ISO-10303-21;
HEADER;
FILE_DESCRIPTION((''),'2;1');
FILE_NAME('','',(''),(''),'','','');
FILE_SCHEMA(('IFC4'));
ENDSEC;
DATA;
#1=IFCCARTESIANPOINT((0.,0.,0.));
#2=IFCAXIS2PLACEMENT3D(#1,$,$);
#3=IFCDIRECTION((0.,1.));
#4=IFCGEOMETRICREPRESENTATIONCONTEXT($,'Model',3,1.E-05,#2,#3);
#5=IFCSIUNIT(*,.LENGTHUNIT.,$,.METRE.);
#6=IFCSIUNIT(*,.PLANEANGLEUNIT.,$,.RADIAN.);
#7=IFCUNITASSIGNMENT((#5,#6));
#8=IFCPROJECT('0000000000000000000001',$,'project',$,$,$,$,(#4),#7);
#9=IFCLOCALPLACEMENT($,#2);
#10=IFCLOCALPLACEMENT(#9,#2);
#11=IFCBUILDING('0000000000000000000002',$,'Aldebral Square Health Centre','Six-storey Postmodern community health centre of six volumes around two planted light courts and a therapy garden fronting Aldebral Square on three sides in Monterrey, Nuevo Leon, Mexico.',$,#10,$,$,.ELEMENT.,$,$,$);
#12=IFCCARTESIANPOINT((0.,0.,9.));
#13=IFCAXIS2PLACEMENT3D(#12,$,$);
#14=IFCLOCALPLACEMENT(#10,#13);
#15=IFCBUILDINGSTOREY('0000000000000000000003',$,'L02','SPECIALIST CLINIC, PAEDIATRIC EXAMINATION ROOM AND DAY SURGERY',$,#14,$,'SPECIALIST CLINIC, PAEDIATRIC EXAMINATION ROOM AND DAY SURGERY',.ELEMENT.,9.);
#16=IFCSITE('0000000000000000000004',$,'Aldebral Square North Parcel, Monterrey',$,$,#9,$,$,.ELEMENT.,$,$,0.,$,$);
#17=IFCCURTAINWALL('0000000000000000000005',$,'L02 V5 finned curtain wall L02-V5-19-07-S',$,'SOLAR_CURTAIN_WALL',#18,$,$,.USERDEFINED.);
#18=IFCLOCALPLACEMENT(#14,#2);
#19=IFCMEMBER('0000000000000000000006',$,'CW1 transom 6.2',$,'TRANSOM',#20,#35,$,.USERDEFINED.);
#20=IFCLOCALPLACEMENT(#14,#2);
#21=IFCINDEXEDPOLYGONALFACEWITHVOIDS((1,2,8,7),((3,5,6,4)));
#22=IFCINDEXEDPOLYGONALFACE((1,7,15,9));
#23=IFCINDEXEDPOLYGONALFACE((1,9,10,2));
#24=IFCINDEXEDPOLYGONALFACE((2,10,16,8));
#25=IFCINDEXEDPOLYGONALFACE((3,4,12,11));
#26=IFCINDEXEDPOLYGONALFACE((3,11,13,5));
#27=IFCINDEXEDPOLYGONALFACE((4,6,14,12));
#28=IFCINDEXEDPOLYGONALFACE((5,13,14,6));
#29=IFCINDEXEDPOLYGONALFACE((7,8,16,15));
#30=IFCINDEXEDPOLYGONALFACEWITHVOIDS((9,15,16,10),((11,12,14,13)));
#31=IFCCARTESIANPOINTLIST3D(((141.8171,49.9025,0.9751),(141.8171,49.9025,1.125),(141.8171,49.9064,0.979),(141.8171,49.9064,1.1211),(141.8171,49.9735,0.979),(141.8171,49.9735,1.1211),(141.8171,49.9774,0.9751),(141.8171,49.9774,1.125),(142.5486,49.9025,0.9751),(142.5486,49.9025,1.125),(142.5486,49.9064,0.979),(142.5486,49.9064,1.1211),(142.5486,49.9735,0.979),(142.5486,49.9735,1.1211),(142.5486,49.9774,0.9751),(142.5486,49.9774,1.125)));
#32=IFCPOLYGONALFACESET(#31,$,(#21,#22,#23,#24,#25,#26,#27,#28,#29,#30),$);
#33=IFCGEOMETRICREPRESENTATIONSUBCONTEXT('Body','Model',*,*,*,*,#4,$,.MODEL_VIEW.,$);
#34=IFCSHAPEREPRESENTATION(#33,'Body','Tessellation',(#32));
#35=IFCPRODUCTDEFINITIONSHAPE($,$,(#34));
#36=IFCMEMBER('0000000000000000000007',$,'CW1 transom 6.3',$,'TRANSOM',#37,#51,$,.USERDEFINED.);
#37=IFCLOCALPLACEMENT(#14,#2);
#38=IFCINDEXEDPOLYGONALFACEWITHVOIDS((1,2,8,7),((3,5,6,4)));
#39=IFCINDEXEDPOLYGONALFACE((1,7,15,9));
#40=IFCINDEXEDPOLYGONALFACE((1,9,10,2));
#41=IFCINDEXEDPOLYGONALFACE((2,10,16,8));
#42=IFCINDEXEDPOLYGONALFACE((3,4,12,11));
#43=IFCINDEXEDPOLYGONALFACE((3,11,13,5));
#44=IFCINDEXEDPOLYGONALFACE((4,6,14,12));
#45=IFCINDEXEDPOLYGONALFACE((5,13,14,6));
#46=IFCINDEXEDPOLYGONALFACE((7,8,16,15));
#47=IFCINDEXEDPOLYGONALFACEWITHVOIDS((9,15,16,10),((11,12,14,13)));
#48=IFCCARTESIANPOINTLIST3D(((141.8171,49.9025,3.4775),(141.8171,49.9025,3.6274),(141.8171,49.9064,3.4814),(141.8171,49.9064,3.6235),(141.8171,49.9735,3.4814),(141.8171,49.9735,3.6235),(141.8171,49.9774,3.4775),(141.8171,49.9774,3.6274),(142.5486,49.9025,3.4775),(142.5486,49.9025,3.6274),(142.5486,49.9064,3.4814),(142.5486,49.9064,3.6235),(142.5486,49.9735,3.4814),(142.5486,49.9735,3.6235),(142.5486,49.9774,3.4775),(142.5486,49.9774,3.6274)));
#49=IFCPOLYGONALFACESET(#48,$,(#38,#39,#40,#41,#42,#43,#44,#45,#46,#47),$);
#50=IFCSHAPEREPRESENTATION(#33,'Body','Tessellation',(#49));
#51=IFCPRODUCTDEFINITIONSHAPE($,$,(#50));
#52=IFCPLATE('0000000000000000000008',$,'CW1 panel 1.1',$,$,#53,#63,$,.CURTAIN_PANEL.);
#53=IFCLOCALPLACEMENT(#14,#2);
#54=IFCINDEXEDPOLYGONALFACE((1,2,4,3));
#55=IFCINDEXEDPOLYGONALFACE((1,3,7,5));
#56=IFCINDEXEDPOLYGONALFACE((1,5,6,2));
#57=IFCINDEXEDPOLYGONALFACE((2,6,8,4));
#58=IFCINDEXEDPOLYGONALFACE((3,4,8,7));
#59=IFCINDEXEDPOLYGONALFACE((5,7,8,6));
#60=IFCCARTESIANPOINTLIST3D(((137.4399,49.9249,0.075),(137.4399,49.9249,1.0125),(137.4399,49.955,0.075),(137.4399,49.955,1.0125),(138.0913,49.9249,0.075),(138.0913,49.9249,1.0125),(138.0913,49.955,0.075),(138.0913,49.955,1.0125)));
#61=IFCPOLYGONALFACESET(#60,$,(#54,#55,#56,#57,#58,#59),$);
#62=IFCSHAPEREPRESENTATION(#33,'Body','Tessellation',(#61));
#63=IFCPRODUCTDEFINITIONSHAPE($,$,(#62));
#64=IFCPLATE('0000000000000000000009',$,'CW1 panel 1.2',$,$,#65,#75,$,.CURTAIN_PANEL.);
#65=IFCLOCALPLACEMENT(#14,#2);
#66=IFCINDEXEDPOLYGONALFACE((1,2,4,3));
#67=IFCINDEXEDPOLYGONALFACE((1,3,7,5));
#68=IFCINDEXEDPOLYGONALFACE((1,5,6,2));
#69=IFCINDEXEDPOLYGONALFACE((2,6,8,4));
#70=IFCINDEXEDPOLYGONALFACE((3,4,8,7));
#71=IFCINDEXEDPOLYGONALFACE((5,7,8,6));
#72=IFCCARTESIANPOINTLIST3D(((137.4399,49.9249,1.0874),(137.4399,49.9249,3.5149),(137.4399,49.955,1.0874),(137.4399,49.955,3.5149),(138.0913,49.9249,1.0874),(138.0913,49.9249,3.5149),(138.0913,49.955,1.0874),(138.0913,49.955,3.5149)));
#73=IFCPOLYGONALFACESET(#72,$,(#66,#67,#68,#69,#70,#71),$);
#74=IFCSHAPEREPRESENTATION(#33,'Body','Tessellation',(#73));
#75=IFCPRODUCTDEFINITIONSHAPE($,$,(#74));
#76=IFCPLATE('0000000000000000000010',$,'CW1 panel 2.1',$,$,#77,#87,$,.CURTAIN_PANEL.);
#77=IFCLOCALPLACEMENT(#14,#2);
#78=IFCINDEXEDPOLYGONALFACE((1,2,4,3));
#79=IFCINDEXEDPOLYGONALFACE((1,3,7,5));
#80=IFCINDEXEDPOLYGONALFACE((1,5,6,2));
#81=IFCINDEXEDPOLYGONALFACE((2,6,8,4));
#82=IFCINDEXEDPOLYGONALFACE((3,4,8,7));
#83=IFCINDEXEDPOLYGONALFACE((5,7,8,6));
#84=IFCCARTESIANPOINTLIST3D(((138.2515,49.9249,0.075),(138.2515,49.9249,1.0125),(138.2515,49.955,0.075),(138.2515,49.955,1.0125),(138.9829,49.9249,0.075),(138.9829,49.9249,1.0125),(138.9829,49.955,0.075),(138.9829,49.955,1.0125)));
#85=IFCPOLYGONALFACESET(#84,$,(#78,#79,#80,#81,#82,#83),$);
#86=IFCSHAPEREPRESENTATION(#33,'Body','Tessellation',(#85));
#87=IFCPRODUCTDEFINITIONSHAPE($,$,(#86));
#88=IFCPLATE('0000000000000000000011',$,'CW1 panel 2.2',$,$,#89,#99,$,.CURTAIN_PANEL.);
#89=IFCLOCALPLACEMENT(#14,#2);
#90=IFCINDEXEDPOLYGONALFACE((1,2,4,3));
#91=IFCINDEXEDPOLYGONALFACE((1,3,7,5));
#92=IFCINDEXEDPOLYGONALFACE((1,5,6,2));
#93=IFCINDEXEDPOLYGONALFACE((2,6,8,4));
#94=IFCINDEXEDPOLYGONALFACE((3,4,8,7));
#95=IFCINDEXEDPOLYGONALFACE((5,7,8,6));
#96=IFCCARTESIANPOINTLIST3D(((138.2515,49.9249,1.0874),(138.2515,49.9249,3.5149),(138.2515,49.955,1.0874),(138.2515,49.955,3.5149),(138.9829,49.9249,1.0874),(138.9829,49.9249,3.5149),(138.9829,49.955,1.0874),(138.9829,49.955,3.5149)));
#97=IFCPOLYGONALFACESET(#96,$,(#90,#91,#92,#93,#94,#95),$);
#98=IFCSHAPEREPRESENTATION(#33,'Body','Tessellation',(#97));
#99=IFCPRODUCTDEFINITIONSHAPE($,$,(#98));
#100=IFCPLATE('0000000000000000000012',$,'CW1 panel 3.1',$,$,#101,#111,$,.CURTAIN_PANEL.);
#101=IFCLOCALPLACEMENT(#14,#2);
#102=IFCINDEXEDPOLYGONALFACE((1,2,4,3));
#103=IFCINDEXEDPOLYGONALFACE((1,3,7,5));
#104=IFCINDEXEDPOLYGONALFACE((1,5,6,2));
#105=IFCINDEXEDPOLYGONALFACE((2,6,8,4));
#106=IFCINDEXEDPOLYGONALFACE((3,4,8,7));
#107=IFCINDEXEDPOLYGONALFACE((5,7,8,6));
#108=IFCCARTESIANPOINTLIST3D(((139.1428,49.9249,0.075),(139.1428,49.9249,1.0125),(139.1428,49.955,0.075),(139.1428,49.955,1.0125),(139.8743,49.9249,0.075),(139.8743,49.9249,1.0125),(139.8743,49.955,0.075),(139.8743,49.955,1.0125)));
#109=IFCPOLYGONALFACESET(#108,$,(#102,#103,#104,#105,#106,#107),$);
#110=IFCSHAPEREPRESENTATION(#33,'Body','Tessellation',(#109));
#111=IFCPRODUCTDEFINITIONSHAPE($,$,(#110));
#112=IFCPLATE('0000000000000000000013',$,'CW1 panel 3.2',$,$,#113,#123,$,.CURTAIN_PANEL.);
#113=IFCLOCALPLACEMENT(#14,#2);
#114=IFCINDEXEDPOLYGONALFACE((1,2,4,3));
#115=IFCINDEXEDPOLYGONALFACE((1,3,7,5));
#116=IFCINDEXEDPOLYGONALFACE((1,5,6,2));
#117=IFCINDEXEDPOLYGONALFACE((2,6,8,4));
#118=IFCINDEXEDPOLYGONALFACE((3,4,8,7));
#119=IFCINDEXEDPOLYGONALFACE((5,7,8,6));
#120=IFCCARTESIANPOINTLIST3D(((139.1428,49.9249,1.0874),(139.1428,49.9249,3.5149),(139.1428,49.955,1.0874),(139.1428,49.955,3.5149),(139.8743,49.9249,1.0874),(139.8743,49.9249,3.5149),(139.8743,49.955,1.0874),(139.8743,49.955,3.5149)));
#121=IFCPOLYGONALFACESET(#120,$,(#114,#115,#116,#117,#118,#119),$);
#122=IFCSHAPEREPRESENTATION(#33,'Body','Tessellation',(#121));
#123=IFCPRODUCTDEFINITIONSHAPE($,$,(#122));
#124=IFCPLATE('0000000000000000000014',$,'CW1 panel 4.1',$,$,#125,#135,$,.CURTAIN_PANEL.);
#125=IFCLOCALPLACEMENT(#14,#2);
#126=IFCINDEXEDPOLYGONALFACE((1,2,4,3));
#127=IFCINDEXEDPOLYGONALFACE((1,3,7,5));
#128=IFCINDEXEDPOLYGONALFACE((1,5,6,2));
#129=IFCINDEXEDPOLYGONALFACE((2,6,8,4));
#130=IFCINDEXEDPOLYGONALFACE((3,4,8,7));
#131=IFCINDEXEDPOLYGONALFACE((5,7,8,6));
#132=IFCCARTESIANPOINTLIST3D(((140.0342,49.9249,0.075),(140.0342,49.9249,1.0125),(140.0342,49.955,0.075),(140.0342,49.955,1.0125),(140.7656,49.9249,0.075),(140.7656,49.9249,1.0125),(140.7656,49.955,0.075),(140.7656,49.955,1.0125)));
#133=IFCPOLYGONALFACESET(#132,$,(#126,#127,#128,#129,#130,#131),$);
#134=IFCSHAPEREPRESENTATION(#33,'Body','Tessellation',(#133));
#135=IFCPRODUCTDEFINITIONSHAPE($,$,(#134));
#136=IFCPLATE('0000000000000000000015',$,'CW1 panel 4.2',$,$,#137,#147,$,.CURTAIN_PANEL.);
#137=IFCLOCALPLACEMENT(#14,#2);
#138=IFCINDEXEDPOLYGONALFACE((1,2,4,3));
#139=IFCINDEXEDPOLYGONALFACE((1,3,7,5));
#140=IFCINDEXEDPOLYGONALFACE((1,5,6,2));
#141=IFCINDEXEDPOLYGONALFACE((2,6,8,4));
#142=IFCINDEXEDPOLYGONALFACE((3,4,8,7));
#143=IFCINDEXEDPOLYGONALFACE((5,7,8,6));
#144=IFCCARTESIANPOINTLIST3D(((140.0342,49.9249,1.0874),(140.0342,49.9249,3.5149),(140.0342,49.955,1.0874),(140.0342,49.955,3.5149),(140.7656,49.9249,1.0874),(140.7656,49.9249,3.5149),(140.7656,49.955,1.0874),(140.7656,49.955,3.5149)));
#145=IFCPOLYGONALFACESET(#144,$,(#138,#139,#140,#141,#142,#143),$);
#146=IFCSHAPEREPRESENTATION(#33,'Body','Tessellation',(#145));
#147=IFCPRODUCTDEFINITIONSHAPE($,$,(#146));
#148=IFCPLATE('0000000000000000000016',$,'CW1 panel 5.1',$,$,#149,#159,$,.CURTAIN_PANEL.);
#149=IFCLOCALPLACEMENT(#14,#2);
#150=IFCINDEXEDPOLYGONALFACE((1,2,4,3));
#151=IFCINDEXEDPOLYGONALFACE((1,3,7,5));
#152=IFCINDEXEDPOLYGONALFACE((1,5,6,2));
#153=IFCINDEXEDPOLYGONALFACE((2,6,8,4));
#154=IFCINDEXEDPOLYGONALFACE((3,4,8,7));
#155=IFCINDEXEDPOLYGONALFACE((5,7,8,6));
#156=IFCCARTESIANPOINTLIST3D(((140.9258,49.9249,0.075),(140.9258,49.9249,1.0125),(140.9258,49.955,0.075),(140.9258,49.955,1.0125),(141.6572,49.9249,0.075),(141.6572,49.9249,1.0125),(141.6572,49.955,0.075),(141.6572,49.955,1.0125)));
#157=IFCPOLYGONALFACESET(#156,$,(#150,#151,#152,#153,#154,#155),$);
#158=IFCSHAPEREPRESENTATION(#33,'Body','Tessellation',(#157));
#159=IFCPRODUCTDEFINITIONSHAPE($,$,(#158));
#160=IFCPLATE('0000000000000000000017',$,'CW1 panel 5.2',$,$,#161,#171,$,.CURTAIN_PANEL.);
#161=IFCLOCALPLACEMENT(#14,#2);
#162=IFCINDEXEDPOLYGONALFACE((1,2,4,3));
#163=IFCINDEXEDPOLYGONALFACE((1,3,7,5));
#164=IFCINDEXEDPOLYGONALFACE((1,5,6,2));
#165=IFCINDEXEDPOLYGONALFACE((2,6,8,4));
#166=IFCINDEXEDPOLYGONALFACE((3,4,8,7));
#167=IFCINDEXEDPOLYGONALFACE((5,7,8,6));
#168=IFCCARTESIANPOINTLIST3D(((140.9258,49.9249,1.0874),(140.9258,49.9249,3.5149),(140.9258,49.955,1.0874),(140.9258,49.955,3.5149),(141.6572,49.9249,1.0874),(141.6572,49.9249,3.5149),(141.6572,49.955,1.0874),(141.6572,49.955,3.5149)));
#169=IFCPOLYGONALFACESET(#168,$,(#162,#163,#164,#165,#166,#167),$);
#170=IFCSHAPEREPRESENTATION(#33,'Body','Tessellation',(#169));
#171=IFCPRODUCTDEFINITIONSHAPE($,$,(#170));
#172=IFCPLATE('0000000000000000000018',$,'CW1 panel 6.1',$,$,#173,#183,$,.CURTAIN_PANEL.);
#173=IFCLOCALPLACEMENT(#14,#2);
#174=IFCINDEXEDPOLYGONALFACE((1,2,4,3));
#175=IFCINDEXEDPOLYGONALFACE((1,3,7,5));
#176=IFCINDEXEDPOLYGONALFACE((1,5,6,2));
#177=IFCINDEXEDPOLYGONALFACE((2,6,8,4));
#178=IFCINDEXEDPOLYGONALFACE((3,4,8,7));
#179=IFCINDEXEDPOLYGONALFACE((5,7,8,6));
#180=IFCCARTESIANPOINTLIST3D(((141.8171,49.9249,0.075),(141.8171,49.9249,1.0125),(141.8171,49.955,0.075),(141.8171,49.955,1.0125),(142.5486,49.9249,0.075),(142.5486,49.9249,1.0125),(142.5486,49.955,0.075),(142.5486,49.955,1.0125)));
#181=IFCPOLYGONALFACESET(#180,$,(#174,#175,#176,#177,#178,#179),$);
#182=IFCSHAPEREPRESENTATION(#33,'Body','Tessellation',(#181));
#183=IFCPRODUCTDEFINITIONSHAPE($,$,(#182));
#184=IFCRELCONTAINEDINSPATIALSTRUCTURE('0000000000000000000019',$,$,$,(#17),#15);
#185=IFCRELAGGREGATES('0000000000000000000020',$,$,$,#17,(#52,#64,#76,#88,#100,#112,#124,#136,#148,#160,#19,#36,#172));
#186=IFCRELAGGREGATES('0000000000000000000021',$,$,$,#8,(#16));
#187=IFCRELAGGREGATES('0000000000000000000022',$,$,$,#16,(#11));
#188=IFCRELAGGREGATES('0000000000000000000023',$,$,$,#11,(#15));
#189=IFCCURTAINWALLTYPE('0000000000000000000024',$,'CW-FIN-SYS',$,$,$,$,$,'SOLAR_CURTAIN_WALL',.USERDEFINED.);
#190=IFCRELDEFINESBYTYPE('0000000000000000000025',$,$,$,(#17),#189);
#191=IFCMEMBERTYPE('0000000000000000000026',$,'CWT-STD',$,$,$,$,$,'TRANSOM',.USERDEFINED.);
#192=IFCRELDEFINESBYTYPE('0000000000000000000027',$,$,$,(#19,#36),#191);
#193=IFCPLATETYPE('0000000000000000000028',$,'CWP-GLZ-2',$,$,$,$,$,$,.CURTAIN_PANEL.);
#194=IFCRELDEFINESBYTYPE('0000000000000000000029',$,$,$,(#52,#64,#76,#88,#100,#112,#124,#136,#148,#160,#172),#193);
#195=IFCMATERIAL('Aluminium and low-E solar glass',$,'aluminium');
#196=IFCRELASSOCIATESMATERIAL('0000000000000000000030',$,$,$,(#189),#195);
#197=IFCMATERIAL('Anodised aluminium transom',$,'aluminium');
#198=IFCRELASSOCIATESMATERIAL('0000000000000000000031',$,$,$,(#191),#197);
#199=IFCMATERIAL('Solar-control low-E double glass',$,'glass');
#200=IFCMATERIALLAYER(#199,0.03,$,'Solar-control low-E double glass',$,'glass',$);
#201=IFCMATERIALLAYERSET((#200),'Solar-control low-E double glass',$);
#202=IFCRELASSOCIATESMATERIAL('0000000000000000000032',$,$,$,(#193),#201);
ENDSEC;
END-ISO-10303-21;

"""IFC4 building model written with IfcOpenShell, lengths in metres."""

from ifc_helpers import new_model, si_unit, direction, frame, origin, origin_2d, place, context, subcontext, project, spatial, rectangle, hollow_rectangle, extrude, material, layer, layer_set, material_profile, profile_set, type_object, element, aggregate, save


model = new_model("IFC4")

# Units and contexts
model_context = context("Model", 3, precision=1e-05, world=origin(), true_north=direction((0.0, 1.0)))
body_context = subcontext(model_context, "Body", "Model", "MODEL_VIEW")
ifc_project = project(units=[si_unit("LENGTHUNIT", "METRE"), si_unit("PLANEANGLEUNIT", "RADIAN")], contexts=[model_context])

# Site, building, storey
site_placement = place(None, origin())
site = spatial("IfcSite", under=ifc_project, at=site_placement, Name="Aldebral Square North Parcel, Monterrey", CompositionType="ELEMENT", RefElevation=0.0)
building_placement = place(site_placement, origin())
building = spatial("IfcBuilding", under=site, at=building_placement, Name="Aldebral Square Health Centre", Description="Six-storey Postmodern community health centre of six volumes around two planted light courts and a therapy garden fronting Aldebral Square on three sides in Monterrey, Nuevo Leon, Mexico.", CompositionType="ELEMENT")
storey_placement = place(building_placement, frame((0.0, 0.0, 9.0)))
storey = spatial("IfcBuildingStorey", under=building, at=storey_placement, Name="L02", Description="SPECIALIST CLINIC, PAEDIATRIC EXAMINATION ROOM AND DAY SURGERY", LongName="SPECIALIST CLINIC, PAEDIATRIC EXAMINATION ROOM AND DAY SURGERY", CompositionType="ELEMENT", Elevation=9.0)

# Curtain wall, members, plates
ifc_material_1 = material(Name="Aluminium and low-E solar glass", Category="aluminium")
curtain_wall_type = type_object("IfcCurtainWallType", Name="CW-FIN-SYS", ElementType="SOLAR_CURTAIN_WALL", PredefinedType="USERDEFINED", material=ifc_material_1)
curtain_wall_placement = place(storey_placement, origin())
curtain_wall = element("IfcCurtainWall", 1, at=curtain_wall_placement, inside=storey, type_object=curtain_wall_type, Name="L02 V5 finned curtain wall L02-V5-19-07-S", ObjectType="SOLAR_CURTAIN_WALL", PredefinedType="USERDEFINED")
ifc_material_2 = material(Name="Anodised aluminium transom", Category="aluminium")
ifc_material_profile_1 = material_profile(ifc_material_2, hollow_rectangle(XDim=0.075, YDim=0.1499, WallThickness=0.0039, at=origin_2d()), Name="CWT 75x150x4")
ifc_profile_set_1 = profile_set([ifc_material_profile_1], Name="Anodised aluminium transom")
member_type_1 = type_object("IfcMemberType", Name="CWT-STD", ElementType="TRANSOM", PredefinedType="USERDEFINED", material=ifc_profile_set_1)
member_1_placement = place(storey_placement, frame((141.8171, 49.9399, 1.05), z_axis=(1.0, 0.0, 0.0), x_axis=(0.0, 1.0, 0.0)))
member_1 = element("IfcMember", 2, at=member_1_placement, type_object=member_type_1, Name="CW1 transom 6.2", ObjectType="TRANSOM", PredefinedType="USERDEFINED", context=body_context, shape_type="SweptSolid", body=[
    extrude(hollow_rectangle(XDim=0.075, YDim=0.1499, WallThickness=0.0039, at=origin_2d()), origin(), (0.0, 0.0, 1.0), 0.7314),
])
member_2_placement = place(storey_placement, frame((141.8171, 49.9399, 3.5525), z_axis=(1.0, 0.0, 0.0), x_axis=(0.0, 1.0, 0.0)))
member_2 = element("IfcMember", 3, at=member_2_placement, type_object=member_type_1, Name="CW1 transom 6.3", ObjectType="TRANSOM", PredefinedType="USERDEFINED", context=body_context, shape_type="SweptSolid", body=[
    extrude(hollow_rectangle(XDim=0.075, YDim=0.1499, WallThickness=0.0039, at=origin_2d()), origin(), (0.0, 0.0, 1.0), 0.7314),
])
ifc_material_3 = material(Name="Solar-control low-E double glass", Category="glass")
ifc_layer = layer(ifc_material_3, 0.03, Name="Solar-control low-E double glass", Category="glass")
ifc_layer_set = layer_set([ifc_layer], Name="Solar-control low-E double glass")
plate_type = type_object("IfcPlateType", Name="CWP-GLZ-2", PredefinedType="CURTAIN_PANEL", material=ifc_layer_set)
plate_1_placement = place(storey_placement, frame((137.7656, 49.9399, 0.075), z_axis=(0.0, 0.0, 1.0), x_axis=(1.0, 0.0, 0.0)))
plate_1 = element("IfcPlate", 4, at=plate_1_placement, type_object=plate_type, Name="CW1 panel 1.1", PredefinedType="CURTAIN_PANEL", context=body_context, shape_type="SweptSolid", body=[
    extrude(rectangle(XDim=0.6514, YDim=0.03, at=origin_2d()), origin(), (0.0, 0.0, 1.0), 0.9375),
])
plate_2_placement = place(storey_placement, frame((137.7656, 49.9399, 1.0874), z_axis=(0.0, 0.0, 1.0), x_axis=(1.0, 0.0, 0.0)))
plate_2 = element("IfcPlate", 5, at=plate_2_placement, type_object=plate_type, Name="CW1 panel 1.2", PredefinedType="CURTAIN_PANEL", context=body_context, shape_type="SweptSolid", body=[
    extrude(rectangle(XDim=0.6514, YDim=0.03, at=origin_2d()), origin(), (0.0, 0.0, 1.0), 2.4275),
])
plate_3_placement = place(storey_placement, frame((138.6172, 49.9399, 0.075), z_axis=(0.0, 0.0, 1.0), x_axis=(1.0, 0.0, 0.0)))
plate_3 = element("IfcPlate", 6, at=plate_3_placement, type_object=plate_type, Name="CW1 panel 2.1", PredefinedType="CURTAIN_PANEL", context=body_context, shape_type="SweptSolid", body=[
    extrude(rectangle(XDim=0.7314, YDim=0.03, at=origin_2d()), origin(), (0.0, 0.0, 1.0), 0.9375),
])
plate_4_placement = place(storey_placement, frame((138.6172, 49.9399, 1.0874), z_axis=(0.0, 0.0, 1.0), x_axis=(1.0, 0.0, 0.0)))
plate_4 = element("IfcPlate", 7, at=plate_4_placement, type_object=plate_type, Name="CW1 panel 2.2", PredefinedType="CURTAIN_PANEL", context=body_context, shape_type="SweptSolid", body=[
    extrude(rectangle(XDim=0.7314, YDim=0.03, at=origin_2d()), origin(), (0.0, 0.0, 1.0), 2.4275),
])
plate_5_placement = place(storey_placement, frame((139.5085, 49.9399, 0.075), z_axis=(0.0, 0.0, 1.0), x_axis=(1.0, 0.0, 0.0)))
plate_5 = element("IfcPlate", 8, at=plate_5_placement, type_object=plate_type, Name="CW1 panel 3.1", PredefinedType="CURTAIN_PANEL", context=body_context, shape_type="SweptSolid", body=[
    extrude(rectangle(XDim=0.7314, YDim=0.03, at=origin_2d()), origin(), (0.0, 0.0, 1.0), 0.9375),
])
plate_6_placement = place(storey_placement, frame((139.5085, 49.9399, 1.0874), z_axis=(0.0, 0.0, 1.0), x_axis=(1.0, 0.0, 0.0)))
plate_6 = element("IfcPlate", 9, at=plate_6_placement, type_object=plate_type, Name="CW1 panel 3.2", PredefinedType="CURTAIN_PANEL", context=body_context, shape_type="SweptSolid", body=[
    extrude(rectangle(XDim=0.7314, YDim=0.03, at=origin_2d()), origin(), (0.0, 0.0, 1.0), 2.4275),
])
plate_7_placement = place(storey_placement, frame((140.3999, 49.9399, 0.075), z_axis=(0.0, 0.0, 1.0), x_axis=(1.0, 0.0, 0.0)))
plate_7 = element("IfcPlate", 10, at=plate_7_placement, type_object=plate_type, Name="CW1 panel 4.1", PredefinedType="CURTAIN_PANEL", context=body_context, shape_type="SweptSolid", body=[
    extrude(rectangle(XDim=0.7314, YDim=0.03, at=origin_2d()), origin(), (0.0, 0.0, 1.0), 0.9375),
])
plate_8_placement = place(storey_placement, frame((140.3999, 49.9399, 1.0874), z_axis=(0.0, 0.0, 1.0), x_axis=(1.0, 0.0, 0.0)))
plate_8 = element("IfcPlate", 11, at=plate_8_placement, type_object=plate_type, Name="CW1 panel 4.2", PredefinedType="CURTAIN_PANEL", context=body_context, shape_type="SweptSolid", body=[
    extrude(rectangle(XDim=0.7314, YDim=0.03, at=origin_2d()), origin(), (0.0, 0.0, 1.0), 2.4275),
])
plate_9_placement = place(storey_placement, frame((141.2915, 49.9399, 0.075), z_axis=(0.0, 0.0, 1.0), x_axis=(1.0, 0.0, 0.0)))
plate_9 = element("IfcPlate", 12, at=plate_9_placement, type_object=plate_type, Name="CW1 panel 5.1", PredefinedType="CURTAIN_PANEL", context=body_context, shape_type="SweptSolid", body=[
    extrude(rectangle(XDim=0.7314, YDim=0.03, at=origin_2d()), origin(), (0.0, 0.0, 1.0), 0.9375),
])
plate_10_placement = place(storey_placement, frame((141.2915, 49.9399, 1.0874), z_axis=(0.0, 0.0, 1.0), x_axis=(1.0, 0.0, 0.0)))
plate_10 = element("IfcPlate", 13, at=plate_10_placement, type_object=plate_type, Name="CW1 panel 5.2", PredefinedType="CURTAIN_PANEL", context=body_context, shape_type="SweptSolid", body=[
    extrude(rectangle(XDim=0.7314, YDim=0.03, at=origin_2d()), origin(), (0.0, 0.0, 1.0), 2.4275),
])
plate_11_placement = place(storey_placement, frame((142.1829, 49.9399, 0.075), z_axis=(0.0, 0.0, 1.0), x_axis=(1.0, 0.0, 0.0)))
plate_11 = element("IfcPlate", 14, at=plate_11_placement, type_object=plate_type, Name="CW1 panel 6.1", PredefinedType="CURTAIN_PANEL", context=body_context, shape_type="SweptSolid", body=[
    extrude(rectangle(XDim=0.7314, YDim=0.03, at=origin_2d()), origin(), (0.0, 0.0, 1.0), 0.9375),
])
aggregate(curtain_wall, [plate_1, plate_2, plate_3, plate_4, plate_5, plate_6, plate_7, plate_8, plate_9, plate_10, member_1, member_2, plate_11])

save(model, "model.ifc")
